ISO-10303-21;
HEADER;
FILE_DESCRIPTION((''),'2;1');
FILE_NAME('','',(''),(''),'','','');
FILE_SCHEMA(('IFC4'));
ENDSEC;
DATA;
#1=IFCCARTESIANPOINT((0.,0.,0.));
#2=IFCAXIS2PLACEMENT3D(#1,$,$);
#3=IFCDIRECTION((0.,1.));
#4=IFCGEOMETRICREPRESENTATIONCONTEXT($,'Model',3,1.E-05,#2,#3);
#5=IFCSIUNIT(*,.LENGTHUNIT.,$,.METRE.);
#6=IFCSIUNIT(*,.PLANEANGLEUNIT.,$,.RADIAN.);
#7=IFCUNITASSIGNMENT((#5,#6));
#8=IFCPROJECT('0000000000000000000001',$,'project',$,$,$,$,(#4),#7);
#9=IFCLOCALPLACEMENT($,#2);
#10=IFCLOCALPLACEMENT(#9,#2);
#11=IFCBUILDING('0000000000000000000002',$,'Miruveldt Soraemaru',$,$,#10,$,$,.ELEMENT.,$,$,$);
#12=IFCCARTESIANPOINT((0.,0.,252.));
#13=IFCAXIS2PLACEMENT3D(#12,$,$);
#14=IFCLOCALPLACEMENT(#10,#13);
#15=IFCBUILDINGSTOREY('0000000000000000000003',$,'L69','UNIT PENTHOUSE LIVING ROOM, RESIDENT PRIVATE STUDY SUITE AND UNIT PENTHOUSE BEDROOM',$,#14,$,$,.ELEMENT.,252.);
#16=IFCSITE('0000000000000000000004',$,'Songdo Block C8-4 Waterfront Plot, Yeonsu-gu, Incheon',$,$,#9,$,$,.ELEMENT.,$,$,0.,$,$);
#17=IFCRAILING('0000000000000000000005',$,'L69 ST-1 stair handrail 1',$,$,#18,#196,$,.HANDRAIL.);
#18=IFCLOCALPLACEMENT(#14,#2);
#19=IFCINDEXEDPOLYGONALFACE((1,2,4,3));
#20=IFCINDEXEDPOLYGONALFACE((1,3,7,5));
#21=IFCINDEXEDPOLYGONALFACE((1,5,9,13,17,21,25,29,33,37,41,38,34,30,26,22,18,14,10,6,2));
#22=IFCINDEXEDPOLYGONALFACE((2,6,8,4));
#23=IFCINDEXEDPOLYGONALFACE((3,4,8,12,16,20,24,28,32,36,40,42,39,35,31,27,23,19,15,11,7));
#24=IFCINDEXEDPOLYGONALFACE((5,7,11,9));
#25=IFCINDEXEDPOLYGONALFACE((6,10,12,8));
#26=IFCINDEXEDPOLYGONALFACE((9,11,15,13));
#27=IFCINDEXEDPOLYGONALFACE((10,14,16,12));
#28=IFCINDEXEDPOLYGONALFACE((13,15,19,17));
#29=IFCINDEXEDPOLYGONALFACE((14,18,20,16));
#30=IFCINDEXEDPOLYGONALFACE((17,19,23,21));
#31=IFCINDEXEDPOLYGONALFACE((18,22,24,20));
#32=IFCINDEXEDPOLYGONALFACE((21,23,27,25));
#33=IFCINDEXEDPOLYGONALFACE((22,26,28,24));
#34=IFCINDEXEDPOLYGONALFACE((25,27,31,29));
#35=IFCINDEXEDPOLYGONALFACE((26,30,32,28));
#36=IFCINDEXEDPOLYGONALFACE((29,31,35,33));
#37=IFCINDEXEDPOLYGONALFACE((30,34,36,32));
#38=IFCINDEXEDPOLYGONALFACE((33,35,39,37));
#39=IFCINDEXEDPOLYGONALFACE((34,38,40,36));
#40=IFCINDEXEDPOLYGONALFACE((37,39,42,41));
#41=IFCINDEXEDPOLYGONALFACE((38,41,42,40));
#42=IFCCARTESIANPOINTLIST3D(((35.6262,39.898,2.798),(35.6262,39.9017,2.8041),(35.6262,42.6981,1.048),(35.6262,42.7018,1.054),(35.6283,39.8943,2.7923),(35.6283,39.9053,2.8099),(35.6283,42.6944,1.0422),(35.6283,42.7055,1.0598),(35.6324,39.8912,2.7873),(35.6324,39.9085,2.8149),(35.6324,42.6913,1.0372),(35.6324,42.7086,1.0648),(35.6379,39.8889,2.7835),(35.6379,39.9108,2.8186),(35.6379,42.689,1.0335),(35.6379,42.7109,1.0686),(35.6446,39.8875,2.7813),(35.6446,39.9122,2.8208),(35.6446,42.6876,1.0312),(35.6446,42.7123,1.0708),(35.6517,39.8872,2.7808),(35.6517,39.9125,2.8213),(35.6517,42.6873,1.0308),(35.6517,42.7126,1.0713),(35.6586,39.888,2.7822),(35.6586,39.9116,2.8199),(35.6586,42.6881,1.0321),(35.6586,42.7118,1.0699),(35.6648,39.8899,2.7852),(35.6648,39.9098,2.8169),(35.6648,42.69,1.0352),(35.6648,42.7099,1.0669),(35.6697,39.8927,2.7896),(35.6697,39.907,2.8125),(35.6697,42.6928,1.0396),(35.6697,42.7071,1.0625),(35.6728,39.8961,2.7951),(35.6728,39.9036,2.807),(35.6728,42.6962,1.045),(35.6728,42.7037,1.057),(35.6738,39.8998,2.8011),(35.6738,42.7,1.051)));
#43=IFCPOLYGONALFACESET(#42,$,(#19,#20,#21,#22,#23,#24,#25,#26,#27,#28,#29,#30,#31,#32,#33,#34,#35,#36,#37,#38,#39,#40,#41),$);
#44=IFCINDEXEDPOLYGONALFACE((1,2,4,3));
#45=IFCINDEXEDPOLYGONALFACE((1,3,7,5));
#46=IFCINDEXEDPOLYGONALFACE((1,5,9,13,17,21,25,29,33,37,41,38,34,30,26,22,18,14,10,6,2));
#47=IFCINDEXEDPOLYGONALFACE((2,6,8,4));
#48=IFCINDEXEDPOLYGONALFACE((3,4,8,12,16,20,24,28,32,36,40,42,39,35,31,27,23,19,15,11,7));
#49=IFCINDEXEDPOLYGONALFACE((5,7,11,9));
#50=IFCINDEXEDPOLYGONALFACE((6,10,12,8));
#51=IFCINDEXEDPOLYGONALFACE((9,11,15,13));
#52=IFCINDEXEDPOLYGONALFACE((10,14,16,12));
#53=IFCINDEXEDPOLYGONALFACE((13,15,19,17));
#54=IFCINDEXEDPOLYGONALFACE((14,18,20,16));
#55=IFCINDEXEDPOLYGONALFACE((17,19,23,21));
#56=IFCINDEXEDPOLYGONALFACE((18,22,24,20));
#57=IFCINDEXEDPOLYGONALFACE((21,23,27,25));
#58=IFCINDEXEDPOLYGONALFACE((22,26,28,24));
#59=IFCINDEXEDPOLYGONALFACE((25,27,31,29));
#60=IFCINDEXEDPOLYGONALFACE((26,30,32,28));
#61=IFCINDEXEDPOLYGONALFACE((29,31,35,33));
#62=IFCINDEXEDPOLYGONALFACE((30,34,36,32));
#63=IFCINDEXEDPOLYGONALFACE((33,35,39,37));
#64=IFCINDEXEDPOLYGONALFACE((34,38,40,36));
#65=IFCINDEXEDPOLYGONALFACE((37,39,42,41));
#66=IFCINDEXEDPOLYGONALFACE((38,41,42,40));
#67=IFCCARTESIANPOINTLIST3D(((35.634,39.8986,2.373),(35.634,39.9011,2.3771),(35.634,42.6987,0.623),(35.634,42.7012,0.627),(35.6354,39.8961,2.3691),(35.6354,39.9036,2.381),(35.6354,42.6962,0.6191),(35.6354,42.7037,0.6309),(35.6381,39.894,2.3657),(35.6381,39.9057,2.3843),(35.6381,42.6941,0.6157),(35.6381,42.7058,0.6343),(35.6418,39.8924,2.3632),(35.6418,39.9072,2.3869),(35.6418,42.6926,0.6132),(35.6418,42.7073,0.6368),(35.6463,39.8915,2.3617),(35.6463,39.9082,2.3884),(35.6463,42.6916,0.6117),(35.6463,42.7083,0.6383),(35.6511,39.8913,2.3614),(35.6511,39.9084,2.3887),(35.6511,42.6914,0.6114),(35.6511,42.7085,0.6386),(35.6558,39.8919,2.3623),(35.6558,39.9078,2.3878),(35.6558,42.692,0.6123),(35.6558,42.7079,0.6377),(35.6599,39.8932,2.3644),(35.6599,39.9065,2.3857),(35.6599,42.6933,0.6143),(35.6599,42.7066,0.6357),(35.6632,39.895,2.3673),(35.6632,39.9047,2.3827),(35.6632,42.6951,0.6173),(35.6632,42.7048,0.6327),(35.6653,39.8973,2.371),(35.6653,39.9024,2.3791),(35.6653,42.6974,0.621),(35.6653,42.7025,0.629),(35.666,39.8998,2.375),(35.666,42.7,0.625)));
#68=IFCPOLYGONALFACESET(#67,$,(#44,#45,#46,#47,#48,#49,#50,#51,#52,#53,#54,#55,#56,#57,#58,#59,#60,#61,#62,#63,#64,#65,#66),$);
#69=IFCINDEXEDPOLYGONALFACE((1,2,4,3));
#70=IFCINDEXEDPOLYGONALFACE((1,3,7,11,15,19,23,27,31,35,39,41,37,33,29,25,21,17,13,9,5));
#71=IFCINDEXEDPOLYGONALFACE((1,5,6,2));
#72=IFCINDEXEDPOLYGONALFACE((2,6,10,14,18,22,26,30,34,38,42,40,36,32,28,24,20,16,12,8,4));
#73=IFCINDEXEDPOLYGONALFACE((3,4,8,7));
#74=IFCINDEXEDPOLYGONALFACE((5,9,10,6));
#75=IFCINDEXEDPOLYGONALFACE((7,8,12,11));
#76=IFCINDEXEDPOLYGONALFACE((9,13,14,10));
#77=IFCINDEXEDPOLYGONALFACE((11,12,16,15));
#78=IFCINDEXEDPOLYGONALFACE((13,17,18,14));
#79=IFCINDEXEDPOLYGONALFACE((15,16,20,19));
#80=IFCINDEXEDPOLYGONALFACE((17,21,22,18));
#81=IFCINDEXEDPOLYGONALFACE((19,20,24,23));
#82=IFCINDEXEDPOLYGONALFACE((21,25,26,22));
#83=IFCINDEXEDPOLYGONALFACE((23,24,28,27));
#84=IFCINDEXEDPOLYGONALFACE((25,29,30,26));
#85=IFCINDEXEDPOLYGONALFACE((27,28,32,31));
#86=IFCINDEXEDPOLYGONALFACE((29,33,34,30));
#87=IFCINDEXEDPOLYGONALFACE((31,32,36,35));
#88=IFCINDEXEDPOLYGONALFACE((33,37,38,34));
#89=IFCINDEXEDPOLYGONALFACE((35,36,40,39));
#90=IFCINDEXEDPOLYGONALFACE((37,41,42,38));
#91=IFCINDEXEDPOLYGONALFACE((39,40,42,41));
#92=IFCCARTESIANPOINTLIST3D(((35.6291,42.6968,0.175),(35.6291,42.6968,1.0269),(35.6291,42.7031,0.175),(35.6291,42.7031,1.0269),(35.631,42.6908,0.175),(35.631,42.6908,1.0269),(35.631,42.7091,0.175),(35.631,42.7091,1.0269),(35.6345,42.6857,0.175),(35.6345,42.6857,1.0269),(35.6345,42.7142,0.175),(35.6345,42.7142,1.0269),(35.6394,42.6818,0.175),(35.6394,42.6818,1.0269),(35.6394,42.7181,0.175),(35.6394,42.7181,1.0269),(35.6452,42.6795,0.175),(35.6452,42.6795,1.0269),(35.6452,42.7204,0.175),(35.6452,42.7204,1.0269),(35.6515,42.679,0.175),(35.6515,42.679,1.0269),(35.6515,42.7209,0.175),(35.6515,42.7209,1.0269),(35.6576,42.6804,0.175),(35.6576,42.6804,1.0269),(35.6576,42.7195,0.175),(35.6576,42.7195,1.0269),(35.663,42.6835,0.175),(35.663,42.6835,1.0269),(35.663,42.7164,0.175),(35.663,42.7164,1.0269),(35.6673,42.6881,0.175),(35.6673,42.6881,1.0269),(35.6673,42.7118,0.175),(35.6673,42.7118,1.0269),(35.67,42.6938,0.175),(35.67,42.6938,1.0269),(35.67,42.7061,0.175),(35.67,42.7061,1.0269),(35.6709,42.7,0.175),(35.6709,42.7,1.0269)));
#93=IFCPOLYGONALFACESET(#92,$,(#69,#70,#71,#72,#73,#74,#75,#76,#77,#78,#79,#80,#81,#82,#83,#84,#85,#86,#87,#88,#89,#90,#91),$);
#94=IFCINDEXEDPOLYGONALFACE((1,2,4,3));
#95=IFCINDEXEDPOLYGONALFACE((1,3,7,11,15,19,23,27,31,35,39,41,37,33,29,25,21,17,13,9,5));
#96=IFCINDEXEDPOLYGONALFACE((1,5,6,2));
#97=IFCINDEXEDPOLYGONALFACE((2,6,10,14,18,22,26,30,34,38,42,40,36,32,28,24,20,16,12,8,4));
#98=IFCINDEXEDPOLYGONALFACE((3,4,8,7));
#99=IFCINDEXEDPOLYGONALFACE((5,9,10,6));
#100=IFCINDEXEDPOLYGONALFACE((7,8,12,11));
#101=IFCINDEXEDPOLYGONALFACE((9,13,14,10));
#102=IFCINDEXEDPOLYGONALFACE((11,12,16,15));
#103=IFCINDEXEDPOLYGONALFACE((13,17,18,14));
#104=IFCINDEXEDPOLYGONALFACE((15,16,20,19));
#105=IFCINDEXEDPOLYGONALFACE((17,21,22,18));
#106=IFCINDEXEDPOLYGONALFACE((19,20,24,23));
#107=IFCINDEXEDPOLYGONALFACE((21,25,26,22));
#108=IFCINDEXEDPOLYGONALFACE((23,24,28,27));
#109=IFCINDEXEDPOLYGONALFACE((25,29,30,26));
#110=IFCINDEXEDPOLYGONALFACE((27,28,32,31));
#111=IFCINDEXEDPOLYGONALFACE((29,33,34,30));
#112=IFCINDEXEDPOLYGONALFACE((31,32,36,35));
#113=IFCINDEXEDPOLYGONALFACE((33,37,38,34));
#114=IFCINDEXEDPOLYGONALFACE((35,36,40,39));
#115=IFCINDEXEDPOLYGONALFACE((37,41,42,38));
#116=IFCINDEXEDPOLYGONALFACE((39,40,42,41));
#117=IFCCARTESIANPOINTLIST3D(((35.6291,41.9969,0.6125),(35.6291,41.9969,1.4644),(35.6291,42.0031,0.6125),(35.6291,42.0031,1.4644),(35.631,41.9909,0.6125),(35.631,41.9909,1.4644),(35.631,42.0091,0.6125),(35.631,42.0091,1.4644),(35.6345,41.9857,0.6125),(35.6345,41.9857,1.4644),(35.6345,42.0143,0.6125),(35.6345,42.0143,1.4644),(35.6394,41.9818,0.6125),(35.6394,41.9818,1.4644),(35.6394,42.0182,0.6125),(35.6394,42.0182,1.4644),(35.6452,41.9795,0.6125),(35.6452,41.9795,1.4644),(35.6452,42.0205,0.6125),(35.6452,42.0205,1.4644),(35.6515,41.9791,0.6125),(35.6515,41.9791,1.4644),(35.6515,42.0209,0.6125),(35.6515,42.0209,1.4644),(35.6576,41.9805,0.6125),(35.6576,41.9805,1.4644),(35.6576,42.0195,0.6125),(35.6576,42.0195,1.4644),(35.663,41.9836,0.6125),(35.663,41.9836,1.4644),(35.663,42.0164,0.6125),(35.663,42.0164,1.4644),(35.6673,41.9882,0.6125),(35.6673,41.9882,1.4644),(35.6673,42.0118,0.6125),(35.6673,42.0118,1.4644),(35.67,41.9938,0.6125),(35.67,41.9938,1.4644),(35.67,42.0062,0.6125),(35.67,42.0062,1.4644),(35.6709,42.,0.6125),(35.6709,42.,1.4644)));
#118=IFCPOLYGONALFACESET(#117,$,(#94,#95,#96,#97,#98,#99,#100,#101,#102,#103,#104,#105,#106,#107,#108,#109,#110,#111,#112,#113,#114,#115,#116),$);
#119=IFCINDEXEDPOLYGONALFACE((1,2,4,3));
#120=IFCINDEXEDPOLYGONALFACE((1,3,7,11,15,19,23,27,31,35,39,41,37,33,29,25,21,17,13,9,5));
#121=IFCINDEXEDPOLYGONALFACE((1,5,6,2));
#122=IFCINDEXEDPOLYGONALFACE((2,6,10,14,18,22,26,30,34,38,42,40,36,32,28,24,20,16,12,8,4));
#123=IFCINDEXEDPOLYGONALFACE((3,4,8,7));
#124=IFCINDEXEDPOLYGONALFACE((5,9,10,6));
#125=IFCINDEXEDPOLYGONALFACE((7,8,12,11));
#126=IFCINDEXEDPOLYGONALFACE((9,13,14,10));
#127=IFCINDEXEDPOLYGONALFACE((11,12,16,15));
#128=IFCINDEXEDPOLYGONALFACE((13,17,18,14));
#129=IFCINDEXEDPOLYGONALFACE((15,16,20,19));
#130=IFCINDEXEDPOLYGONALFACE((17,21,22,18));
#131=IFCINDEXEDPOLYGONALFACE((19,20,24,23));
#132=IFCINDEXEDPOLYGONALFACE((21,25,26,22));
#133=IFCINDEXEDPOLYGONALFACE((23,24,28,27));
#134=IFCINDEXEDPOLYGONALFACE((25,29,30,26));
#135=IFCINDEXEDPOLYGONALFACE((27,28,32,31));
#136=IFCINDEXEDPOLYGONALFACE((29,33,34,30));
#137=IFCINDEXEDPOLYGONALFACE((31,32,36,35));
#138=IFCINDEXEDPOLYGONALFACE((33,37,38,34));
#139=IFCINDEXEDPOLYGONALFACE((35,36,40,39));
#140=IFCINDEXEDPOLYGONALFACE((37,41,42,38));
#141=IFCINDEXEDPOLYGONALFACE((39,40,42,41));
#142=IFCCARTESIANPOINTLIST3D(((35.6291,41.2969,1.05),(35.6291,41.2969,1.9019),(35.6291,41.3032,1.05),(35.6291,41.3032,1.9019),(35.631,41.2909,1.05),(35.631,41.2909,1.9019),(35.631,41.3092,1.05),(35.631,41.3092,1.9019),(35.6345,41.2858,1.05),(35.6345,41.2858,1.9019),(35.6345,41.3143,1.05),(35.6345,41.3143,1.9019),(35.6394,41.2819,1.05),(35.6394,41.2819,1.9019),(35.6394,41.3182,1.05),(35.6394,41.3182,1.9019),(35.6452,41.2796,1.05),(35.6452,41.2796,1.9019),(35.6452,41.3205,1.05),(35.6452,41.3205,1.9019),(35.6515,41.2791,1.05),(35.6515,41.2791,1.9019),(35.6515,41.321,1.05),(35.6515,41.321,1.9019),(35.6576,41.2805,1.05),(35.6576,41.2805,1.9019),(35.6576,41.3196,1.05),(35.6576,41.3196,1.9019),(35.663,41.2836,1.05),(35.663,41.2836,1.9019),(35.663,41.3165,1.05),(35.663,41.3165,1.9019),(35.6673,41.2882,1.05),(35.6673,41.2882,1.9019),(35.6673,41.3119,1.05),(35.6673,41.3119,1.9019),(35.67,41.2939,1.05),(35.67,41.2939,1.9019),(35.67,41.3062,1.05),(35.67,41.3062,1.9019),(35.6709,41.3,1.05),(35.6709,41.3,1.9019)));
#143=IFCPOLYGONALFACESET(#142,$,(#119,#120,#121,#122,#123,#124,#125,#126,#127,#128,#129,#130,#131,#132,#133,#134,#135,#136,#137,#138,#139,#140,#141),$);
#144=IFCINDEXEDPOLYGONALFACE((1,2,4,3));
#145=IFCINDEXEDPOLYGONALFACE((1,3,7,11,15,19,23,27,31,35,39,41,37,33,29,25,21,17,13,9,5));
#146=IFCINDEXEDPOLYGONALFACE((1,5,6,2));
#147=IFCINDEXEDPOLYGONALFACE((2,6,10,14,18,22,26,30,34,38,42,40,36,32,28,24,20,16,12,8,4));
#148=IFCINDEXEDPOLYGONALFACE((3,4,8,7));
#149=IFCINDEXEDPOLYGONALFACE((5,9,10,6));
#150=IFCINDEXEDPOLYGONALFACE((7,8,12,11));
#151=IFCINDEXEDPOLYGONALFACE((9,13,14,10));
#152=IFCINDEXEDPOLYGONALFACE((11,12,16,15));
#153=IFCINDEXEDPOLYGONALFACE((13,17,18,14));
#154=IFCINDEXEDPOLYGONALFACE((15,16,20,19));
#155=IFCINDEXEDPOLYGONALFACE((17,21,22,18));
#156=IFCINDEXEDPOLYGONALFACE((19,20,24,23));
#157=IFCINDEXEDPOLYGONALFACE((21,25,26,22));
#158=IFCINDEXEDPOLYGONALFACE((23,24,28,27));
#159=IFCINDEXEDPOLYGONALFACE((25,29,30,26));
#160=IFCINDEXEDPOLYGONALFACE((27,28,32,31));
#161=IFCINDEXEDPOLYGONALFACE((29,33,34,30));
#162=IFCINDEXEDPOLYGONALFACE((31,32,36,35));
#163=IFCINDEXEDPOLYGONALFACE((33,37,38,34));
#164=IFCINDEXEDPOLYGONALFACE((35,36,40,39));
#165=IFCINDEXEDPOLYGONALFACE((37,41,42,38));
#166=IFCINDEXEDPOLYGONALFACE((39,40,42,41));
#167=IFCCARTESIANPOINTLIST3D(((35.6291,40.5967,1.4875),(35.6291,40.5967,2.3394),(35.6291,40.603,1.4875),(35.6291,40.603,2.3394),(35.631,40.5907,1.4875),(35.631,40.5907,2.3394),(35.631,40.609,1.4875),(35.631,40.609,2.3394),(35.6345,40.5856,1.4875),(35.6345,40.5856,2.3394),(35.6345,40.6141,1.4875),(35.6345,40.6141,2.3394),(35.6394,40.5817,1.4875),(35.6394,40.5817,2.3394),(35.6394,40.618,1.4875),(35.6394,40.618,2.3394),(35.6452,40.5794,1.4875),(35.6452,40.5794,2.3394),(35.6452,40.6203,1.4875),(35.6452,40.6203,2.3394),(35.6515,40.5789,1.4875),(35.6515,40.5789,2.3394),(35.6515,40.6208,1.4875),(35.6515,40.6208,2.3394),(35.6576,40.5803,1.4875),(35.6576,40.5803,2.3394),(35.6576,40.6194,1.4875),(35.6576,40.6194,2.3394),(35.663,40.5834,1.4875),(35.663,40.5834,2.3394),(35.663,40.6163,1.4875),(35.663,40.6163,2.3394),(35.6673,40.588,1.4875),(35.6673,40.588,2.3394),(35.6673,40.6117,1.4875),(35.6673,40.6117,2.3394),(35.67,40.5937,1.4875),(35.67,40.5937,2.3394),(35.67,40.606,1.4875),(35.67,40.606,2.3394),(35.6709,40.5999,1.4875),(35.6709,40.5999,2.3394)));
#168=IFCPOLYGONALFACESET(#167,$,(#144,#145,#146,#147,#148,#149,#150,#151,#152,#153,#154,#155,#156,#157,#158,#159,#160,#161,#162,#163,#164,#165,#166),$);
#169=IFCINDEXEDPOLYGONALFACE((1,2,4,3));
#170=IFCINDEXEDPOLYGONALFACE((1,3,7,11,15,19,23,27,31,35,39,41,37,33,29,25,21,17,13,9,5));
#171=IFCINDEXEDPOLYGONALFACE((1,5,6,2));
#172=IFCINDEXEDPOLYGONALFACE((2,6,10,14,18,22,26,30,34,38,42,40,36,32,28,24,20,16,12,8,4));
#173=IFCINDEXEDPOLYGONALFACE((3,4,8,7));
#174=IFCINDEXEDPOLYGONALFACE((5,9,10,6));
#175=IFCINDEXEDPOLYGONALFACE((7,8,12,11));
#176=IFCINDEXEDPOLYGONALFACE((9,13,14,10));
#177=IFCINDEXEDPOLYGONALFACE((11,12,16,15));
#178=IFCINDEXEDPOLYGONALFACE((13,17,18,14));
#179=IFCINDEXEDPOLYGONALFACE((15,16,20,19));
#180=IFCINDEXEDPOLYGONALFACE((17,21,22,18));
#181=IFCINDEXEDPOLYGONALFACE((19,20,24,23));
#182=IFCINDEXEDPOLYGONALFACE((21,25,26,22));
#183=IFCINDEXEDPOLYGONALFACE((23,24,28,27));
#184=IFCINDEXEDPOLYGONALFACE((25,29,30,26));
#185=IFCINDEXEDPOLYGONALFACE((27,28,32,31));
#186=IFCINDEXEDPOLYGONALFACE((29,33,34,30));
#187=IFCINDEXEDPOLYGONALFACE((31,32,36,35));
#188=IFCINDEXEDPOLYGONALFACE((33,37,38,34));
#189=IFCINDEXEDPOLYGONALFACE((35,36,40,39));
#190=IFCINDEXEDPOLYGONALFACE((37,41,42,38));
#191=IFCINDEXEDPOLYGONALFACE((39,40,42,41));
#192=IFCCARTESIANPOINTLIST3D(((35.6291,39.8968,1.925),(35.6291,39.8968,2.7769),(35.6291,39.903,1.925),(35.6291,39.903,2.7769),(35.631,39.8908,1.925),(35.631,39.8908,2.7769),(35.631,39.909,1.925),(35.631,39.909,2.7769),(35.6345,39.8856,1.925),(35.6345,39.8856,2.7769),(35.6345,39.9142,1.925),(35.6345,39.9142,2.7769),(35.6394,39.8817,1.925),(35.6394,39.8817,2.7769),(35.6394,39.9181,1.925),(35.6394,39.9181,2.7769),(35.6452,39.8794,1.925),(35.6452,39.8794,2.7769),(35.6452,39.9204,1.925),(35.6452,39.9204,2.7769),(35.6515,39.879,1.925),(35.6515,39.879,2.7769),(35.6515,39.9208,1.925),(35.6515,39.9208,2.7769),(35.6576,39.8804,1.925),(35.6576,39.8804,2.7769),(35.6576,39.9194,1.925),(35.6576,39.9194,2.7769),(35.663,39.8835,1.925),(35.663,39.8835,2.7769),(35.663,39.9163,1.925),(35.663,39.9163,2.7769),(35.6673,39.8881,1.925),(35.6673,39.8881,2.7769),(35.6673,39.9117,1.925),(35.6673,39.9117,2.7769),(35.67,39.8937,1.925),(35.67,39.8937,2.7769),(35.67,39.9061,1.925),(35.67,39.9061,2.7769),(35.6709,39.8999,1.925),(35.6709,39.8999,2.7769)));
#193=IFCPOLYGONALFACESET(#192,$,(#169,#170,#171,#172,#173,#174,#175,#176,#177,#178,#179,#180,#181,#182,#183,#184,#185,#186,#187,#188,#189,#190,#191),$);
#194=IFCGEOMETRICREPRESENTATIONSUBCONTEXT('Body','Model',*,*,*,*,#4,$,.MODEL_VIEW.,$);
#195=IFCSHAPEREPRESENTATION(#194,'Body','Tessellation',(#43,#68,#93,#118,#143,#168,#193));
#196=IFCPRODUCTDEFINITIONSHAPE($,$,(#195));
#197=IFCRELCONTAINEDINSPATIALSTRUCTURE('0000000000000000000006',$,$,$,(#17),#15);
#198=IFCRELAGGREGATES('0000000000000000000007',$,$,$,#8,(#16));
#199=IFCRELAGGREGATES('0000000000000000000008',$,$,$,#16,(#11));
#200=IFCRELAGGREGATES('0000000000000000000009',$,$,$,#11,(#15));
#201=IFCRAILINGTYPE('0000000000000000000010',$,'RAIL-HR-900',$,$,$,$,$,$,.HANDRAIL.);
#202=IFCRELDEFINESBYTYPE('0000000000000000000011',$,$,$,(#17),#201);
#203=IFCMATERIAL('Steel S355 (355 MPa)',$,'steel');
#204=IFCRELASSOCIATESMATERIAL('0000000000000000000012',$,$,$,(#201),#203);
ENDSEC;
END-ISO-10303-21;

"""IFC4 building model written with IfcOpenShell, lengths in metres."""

from ifc_helpers import new_model, si_unit, direction, frame, origin, origin_2d, place, context, subcontext, project, spatial, circle, extrude, material, type_object, element, save


model = new_model("IFC4")

# Units and contexts
model_context = context("Model", 3, precision=1e-05, world=origin(), true_north=direction((0.0, 1.0)))
body_context = subcontext(model_context, "Body", "Model", "MODEL_VIEW")
ifc_project = project(units=[si_unit("LENGTHUNIT", "METRE"), si_unit("PLANEANGLEUNIT", "RADIAN")], contexts=[model_context])

# Site, building, storey
site_placement = place(None, origin())
site = spatial("IfcSite", under=ifc_project, at=site_placement, Name="Songdo Block C8-4 Waterfront Plot, Yeonsu-gu, Incheon", CompositionType="ELEMENT", RefElevation=0.0)
building_placement = place(site_placement, origin())
building = spatial("IfcBuilding", under=site, at=building_placement, Name="Miruveldt Soraemaru", CompositionType="ELEMENT")
storey_placement = place(building_placement, frame((0.0, 0.0, 252.0)))
storey = spatial("IfcBuildingStorey", under=building, at=storey_placement, Name="L69", Description="UNIT PENTHOUSE LIVING ROOM, RESIDENT PRIVATE STUDY SUITE AND UNIT PENTHOUSE BEDROOM", CompositionType="ELEMENT", Elevation=252.0)

# Railing
ifc_material_1 = material(Name="Steel S355 (355 MPa)", Category="steel")
railing_type_1 = type_object("IfcRailingType", Name="RAIL-HR-900", PredefinedType="HANDRAIL", material=ifc_material_1)
railing_1_placement = place(storey_placement, frame((35.6499, 42.7, 0.175)))
element("IfcRailing", 1, at=railing_1_placement, inside=storey, type_object=railing_type_1, Name="L69 ST-1 stair handrail 1", PredefinedType="HANDRAIL", context=body_context, shape_type="SweptSolid", body=[
    extrude(circle(Radius=0.0239, at=origin_2d()), frame((0.0, 0.0, 0.876), z_axis=(0.0, -0.848002, 0.529992), x_axis=(1.0, 0.0, 0.0)), (0.0, 0.0, 1.0), 3.302),
    extrude(circle(Radius=0.0161, at=origin_2d()), frame((0.0, 0.0, 0.45), z_axis=(0.0, -0.848002, 0.529992), x_axis=(1.0, 0.0, 0.0)), (0.0, 0.0, 1.0), 3.302),
    extrude(circle(Radius=0.021, at=origin_2d()), origin(), (0.0, 0.0, 1.0), 0.8518),
    extrude(circle(Radius=0.021, at=origin_2d()), frame((0.0, -0.7, 0.4375)), (0.0, 0.0, 1.0), 0.8518),
    extrude(circle(Radius=0.021, at=origin_2d()), frame((0.0, -1.3999, 0.875)), (0.0, 0.0, 1.0), 0.8518),
    extrude(circle(Radius=0.021, at=origin_2d()), frame((0.0, -2.1001, 1.3125)), (0.0, 0.0, 1.0), 0.8518),
    extrude(circle(Radius=0.021, at=origin_2d()), frame((0.0, -2.8, 1.75)), (0.0, 0.0, 1.0), 0.8518),
])

save(model, "model.ifc")
